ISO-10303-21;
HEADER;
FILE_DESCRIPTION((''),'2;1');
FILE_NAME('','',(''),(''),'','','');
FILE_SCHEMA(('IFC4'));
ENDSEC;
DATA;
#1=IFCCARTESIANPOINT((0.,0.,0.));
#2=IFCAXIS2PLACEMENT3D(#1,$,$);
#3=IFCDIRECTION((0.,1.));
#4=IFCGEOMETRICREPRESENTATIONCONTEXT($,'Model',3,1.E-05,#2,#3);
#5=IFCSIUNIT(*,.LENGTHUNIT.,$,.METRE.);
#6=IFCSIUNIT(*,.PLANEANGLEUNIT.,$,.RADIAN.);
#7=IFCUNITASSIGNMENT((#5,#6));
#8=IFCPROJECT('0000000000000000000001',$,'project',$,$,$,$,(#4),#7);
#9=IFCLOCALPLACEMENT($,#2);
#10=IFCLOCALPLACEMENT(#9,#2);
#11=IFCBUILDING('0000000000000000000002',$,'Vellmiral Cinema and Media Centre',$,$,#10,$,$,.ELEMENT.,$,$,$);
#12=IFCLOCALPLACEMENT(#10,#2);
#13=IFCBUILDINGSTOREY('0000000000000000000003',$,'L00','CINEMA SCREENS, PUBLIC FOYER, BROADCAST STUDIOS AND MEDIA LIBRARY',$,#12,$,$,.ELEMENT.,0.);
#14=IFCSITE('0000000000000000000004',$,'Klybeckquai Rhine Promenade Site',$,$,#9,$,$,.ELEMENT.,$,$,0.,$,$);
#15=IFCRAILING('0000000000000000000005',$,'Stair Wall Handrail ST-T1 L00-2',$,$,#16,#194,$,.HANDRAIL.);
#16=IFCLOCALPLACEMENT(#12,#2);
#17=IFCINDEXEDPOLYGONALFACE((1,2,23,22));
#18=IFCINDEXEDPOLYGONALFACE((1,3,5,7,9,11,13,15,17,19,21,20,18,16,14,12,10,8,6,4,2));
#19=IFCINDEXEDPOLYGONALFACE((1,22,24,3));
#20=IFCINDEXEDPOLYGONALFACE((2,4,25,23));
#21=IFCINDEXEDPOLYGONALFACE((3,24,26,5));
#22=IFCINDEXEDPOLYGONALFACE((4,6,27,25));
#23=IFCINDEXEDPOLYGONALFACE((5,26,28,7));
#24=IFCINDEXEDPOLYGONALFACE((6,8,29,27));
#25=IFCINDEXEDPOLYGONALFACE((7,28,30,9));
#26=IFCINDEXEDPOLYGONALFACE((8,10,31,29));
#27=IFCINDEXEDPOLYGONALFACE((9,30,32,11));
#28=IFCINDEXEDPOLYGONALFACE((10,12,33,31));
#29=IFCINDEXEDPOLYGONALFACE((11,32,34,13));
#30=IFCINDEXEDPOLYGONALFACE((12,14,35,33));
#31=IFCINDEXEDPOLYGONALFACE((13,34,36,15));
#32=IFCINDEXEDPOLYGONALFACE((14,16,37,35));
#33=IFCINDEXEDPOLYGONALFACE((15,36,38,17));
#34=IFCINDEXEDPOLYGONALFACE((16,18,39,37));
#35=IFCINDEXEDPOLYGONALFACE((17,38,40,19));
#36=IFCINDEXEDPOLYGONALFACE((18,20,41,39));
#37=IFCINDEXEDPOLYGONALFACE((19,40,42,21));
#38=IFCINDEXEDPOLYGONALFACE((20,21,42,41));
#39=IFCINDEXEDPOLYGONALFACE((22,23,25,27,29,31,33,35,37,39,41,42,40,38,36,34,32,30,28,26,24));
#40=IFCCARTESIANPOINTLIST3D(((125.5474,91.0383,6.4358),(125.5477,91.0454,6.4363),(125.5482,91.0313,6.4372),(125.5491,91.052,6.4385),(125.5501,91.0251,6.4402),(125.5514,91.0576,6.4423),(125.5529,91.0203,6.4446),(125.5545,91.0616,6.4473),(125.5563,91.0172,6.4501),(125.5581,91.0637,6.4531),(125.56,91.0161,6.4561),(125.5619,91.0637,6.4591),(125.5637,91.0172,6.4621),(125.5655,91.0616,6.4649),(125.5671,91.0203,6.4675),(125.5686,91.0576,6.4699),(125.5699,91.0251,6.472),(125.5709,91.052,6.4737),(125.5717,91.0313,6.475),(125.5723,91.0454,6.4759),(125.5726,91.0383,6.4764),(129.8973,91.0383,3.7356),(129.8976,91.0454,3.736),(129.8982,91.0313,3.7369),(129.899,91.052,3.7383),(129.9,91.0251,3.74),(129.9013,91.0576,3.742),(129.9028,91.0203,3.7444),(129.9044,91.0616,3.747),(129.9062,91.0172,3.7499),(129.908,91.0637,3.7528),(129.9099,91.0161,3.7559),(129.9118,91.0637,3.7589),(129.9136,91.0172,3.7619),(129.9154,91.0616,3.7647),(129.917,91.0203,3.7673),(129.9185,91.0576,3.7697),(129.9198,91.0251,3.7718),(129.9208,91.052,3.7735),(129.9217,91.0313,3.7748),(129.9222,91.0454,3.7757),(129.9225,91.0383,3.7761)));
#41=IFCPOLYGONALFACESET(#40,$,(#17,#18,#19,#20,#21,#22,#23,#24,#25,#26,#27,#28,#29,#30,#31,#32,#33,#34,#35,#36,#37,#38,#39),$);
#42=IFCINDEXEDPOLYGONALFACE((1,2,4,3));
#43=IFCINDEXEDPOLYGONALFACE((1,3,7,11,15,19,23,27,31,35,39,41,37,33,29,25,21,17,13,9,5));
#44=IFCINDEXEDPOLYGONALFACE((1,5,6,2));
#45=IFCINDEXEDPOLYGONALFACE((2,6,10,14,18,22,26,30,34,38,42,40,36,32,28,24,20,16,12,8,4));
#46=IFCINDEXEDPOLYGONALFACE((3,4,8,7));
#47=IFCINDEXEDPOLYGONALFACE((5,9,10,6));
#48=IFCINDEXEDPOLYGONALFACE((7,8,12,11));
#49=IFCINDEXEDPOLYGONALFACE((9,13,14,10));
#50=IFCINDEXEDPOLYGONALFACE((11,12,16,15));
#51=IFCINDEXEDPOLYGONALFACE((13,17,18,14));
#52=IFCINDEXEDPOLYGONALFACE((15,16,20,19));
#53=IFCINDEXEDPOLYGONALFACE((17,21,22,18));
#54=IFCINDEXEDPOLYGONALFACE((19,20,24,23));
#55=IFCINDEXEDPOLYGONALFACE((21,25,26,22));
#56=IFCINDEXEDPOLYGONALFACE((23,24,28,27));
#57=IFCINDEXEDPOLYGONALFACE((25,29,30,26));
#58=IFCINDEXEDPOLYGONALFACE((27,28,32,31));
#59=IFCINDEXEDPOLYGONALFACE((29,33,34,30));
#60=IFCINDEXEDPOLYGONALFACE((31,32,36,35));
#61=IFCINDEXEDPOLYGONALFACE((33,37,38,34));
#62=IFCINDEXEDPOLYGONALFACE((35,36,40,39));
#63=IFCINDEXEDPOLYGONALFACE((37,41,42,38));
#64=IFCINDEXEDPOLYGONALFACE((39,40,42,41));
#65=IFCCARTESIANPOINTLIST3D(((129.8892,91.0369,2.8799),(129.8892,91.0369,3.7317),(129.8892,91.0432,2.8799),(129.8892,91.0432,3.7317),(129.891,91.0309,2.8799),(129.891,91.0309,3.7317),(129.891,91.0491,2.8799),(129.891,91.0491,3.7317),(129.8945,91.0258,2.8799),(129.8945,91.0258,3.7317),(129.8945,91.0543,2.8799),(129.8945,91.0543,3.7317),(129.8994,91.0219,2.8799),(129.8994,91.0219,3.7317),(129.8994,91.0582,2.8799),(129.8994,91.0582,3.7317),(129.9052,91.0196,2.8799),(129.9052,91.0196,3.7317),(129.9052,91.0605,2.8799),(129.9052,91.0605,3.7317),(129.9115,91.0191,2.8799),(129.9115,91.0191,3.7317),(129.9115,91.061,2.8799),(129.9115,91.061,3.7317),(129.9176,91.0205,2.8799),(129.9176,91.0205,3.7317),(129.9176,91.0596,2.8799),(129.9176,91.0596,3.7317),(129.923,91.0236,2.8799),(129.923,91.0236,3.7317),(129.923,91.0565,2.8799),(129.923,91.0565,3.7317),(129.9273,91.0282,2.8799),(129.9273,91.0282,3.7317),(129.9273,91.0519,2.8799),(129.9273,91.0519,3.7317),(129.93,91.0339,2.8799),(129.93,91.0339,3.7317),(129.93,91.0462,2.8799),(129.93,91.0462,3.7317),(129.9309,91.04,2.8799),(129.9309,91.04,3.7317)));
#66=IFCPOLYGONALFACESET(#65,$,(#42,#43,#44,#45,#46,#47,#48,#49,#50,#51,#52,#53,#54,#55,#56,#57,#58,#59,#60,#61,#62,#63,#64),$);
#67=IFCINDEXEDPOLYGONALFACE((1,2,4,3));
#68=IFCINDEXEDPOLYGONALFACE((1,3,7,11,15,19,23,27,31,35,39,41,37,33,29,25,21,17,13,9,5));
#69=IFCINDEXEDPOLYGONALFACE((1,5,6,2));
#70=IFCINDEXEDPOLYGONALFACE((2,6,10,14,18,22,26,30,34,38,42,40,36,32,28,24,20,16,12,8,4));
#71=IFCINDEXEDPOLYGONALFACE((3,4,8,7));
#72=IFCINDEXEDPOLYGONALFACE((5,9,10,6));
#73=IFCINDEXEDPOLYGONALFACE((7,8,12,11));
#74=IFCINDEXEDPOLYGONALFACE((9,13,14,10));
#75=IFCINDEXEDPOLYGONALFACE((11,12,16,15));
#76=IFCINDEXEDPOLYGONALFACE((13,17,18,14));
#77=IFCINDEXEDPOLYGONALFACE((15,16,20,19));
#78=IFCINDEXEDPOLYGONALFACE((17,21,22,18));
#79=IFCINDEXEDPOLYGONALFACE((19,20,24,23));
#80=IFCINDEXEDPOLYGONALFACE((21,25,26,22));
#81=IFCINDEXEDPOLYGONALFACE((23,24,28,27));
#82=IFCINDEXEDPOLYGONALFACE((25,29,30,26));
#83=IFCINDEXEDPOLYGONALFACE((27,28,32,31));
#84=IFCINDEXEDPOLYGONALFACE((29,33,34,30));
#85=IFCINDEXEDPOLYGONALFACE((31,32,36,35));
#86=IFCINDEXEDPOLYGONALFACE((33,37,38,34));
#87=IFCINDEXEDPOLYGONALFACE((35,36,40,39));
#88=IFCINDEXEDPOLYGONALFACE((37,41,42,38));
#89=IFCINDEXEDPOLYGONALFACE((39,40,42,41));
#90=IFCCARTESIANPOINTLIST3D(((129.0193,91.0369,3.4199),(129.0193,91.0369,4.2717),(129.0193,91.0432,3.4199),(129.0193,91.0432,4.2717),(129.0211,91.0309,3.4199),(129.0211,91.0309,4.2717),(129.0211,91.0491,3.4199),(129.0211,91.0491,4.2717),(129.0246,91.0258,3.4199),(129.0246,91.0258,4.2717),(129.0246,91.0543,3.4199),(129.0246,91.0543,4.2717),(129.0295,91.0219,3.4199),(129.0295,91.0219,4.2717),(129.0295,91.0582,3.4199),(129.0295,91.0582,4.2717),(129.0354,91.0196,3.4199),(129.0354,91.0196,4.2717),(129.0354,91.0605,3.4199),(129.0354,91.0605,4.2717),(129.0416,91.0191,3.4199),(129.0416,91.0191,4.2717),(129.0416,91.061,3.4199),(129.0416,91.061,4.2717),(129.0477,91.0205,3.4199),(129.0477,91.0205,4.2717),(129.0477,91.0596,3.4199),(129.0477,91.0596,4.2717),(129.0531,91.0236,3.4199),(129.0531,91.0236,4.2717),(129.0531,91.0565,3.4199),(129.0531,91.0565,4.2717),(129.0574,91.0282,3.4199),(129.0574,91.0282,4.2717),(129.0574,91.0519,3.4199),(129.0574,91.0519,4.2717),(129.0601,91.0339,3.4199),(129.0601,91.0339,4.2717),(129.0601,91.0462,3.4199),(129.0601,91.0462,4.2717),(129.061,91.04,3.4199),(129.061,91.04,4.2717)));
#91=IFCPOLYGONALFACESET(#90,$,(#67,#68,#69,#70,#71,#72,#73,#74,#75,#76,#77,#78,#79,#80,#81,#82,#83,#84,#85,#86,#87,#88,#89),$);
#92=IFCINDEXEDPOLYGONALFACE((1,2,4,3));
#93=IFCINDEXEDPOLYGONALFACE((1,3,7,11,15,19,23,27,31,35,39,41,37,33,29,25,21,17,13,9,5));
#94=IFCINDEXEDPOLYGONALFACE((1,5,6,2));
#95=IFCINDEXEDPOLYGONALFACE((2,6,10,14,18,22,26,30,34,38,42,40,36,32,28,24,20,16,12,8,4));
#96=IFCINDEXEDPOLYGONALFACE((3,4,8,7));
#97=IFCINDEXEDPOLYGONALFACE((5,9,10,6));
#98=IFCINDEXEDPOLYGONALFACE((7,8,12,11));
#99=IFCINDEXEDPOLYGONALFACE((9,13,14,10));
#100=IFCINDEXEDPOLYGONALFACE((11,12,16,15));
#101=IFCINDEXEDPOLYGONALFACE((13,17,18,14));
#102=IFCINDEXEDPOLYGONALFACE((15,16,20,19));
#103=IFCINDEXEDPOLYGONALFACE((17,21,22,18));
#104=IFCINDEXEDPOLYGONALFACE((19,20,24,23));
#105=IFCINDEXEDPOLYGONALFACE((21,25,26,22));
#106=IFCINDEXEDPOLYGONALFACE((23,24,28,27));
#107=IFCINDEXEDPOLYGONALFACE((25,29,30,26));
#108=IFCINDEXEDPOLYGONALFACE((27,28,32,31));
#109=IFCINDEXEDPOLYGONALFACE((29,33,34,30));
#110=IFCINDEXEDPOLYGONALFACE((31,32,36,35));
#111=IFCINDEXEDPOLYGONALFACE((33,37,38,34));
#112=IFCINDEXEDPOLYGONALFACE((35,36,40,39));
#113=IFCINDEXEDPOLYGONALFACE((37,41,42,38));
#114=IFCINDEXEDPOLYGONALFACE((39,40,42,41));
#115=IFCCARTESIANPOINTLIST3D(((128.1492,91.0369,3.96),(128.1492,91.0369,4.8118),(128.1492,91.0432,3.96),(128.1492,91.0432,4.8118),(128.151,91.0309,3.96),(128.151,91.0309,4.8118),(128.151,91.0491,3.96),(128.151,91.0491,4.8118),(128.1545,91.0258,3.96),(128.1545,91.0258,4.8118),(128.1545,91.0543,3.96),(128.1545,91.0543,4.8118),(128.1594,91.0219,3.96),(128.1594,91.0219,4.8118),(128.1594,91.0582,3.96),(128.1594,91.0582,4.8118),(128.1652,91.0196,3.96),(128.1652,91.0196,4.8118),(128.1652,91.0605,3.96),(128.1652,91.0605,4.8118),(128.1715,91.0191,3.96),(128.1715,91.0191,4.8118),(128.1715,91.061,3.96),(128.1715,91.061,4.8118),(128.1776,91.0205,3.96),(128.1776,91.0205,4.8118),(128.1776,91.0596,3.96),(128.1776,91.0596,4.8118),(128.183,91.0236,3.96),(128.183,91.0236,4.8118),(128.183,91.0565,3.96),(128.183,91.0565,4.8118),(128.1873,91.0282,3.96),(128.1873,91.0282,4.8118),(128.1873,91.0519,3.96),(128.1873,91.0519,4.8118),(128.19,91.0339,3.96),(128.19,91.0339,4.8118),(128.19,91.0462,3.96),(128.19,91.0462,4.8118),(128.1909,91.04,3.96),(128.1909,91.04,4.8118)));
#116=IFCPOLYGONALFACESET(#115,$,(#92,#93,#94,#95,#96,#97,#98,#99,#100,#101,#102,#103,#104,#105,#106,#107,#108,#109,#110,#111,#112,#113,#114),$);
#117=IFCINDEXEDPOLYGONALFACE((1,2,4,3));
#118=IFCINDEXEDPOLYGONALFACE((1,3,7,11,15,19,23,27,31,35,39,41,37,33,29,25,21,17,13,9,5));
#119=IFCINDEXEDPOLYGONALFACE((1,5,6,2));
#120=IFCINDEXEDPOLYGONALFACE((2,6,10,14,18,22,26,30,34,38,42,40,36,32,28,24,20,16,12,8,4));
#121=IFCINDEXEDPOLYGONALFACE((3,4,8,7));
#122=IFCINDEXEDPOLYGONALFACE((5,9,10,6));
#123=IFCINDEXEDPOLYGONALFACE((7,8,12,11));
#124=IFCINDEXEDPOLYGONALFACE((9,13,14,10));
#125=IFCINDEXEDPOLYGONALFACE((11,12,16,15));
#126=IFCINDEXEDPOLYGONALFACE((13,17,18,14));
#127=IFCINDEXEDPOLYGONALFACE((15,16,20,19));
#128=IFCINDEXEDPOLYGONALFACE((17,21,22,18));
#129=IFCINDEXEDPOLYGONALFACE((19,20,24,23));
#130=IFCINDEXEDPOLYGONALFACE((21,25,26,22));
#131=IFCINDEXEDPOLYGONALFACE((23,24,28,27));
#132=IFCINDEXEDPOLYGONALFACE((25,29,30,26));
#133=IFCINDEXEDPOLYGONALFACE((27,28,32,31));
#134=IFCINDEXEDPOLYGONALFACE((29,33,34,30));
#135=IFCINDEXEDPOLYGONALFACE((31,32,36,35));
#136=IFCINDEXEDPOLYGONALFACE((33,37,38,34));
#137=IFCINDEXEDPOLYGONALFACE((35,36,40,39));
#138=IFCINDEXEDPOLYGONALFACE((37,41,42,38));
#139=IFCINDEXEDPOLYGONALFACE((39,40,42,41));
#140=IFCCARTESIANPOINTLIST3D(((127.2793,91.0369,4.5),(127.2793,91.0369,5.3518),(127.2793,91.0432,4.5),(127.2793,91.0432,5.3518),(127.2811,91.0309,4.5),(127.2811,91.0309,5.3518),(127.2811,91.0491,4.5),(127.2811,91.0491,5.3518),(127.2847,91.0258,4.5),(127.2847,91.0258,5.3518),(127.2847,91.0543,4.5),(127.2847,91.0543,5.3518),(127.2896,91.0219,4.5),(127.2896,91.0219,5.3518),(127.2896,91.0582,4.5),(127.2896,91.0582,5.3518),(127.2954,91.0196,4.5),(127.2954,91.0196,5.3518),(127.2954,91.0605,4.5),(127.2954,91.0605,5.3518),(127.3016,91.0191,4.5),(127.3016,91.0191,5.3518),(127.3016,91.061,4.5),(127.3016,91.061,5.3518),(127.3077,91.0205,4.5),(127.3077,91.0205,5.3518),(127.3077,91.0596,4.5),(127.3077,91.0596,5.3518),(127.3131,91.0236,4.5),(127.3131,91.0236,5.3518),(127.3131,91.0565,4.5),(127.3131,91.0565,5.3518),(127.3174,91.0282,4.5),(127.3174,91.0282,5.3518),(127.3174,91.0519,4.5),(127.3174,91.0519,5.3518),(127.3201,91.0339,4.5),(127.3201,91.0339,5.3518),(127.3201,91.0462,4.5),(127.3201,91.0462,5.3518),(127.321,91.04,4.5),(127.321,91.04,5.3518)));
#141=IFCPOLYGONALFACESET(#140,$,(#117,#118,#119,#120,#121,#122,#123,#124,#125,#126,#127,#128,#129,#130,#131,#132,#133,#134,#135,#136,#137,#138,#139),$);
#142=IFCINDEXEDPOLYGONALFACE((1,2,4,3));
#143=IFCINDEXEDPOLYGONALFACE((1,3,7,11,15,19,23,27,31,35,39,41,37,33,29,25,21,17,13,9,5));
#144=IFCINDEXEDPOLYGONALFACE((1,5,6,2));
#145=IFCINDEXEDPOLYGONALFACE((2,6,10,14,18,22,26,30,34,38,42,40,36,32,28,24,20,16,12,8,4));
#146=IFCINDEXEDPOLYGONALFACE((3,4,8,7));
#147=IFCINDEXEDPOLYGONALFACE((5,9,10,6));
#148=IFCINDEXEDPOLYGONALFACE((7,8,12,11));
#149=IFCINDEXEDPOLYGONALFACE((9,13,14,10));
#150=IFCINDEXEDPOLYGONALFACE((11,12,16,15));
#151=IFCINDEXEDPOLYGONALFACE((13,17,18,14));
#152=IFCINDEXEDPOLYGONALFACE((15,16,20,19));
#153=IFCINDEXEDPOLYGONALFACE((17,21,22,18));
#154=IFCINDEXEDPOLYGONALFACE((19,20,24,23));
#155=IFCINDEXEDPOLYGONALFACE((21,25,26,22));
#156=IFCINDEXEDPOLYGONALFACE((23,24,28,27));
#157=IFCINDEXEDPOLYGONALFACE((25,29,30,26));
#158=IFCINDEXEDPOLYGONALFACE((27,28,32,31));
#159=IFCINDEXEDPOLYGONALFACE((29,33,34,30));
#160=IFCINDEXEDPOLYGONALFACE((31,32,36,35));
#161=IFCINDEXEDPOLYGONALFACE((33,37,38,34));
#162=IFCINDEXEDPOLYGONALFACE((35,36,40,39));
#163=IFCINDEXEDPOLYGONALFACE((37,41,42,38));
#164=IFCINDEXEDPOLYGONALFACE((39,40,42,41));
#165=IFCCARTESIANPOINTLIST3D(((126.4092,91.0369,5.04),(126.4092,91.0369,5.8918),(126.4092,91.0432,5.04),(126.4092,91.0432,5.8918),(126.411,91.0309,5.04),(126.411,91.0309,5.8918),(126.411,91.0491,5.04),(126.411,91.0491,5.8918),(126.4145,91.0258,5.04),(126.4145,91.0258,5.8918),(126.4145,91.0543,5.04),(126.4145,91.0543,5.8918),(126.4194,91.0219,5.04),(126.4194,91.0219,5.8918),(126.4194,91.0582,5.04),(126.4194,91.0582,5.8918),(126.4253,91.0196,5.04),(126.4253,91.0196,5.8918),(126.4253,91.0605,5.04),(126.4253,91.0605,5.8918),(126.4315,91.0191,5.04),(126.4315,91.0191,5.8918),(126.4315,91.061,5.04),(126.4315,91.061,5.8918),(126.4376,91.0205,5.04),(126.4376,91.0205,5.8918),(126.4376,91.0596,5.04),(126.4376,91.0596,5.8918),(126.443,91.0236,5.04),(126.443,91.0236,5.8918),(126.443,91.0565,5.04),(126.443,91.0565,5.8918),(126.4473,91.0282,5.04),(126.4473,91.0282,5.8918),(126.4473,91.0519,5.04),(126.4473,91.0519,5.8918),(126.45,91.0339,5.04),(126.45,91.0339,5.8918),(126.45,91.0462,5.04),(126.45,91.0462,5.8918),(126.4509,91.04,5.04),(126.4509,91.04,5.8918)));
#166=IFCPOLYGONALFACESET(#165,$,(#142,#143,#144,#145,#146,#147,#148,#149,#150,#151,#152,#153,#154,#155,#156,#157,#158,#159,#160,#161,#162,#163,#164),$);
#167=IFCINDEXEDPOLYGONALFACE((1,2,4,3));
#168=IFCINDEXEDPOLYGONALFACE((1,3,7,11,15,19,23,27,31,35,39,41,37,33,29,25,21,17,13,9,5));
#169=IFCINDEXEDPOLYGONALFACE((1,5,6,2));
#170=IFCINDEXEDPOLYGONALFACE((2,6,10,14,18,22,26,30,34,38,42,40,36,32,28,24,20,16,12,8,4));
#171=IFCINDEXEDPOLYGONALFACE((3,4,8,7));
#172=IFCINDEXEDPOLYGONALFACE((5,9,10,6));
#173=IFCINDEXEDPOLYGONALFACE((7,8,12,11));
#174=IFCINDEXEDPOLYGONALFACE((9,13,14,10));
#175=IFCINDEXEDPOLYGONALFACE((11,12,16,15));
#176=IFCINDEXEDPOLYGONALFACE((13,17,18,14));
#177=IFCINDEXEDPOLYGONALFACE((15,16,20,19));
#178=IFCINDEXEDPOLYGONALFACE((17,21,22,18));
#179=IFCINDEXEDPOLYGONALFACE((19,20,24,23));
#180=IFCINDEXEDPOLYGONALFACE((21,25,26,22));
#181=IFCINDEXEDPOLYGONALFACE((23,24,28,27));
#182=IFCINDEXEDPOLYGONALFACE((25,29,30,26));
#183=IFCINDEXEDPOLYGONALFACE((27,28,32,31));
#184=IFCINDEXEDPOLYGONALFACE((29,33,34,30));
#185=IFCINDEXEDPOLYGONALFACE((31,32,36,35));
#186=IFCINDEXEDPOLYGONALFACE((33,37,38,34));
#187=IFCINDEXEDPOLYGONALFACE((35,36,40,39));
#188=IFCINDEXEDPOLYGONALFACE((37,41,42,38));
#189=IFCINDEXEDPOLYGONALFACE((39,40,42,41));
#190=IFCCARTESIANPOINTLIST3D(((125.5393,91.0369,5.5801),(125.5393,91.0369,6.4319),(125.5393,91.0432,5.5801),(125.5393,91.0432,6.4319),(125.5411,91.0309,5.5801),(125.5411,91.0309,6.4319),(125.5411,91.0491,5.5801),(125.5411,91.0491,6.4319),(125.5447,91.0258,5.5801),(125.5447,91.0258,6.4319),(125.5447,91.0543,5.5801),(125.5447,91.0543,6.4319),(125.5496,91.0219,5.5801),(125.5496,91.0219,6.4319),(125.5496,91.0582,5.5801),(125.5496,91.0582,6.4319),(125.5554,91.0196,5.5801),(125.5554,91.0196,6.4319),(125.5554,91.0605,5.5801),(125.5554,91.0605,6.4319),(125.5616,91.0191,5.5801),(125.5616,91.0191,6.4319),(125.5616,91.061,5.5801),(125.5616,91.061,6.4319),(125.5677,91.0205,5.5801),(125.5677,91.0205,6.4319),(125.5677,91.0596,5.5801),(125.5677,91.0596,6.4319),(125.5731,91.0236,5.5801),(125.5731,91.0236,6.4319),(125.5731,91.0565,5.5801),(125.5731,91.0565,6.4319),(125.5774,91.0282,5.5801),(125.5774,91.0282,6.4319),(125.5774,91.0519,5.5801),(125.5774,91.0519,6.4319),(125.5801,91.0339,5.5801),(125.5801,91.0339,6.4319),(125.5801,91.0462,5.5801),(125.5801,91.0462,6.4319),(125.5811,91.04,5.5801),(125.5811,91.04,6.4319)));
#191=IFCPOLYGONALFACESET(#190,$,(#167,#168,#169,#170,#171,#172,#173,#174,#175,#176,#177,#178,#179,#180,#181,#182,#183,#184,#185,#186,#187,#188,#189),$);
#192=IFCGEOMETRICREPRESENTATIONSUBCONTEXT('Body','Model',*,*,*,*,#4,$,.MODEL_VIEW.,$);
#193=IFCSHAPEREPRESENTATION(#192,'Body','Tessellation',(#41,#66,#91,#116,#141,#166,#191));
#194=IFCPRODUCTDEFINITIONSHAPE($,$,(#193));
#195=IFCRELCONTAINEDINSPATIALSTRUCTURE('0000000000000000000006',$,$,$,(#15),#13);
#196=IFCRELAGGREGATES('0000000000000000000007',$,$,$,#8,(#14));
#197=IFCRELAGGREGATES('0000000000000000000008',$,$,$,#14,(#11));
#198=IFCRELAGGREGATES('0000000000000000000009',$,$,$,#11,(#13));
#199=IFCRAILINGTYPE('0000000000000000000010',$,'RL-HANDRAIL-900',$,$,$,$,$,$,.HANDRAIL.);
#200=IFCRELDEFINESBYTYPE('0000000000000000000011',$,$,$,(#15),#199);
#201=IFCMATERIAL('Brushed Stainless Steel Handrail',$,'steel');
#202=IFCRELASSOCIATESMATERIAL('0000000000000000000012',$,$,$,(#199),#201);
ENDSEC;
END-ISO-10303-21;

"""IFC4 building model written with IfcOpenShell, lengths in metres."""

from ifc_helpers import new_model, si_unit, direction, frame, origin, origin_2d, place, context, subcontext, project, spatial, circle, extrude, material, type_object, element, save


model = new_model("IFC4")

# Units and contexts
model_context = context("Model", 3, precision=1e-05, world=origin(), true_north=direction((0.0, 1.0)))
body_context = subcontext(model_context, "Body", "Model", "MODEL_VIEW")
ifc_project = project(units=[si_unit("LENGTHUNIT", "METRE"), si_unit("PLANEANGLEUNIT", "RADIAN")], contexts=[model_context])

# Site, building, storey
site_placement = place(None, origin())
site = spatial("IfcSite", under=ifc_project, at=site_placement, Name="Klybeckquai Rhine Promenade Site", CompositionType="ELEMENT", RefElevation=0.0)
building_placement = place(site_placement, origin())
building = spatial("IfcBuilding", under=site, at=building_placement, Name="Vellmiral Cinema and Media Centre", CompositionType="ELEMENT")
storey_placement = place(building_placement, origin())
storey = spatial("IfcBuildingStorey", under=building, at=storey_placement, Name="L00", Description="CINEMA SCREENS, PUBLIC FOYER, BROADCAST STUDIOS AND MEDIA LIBRARY", CompositionType="ELEMENT", Elevation=0.0)

# Railing
ifc_material_1 = material(Name="Brushed Stainless Steel Handrail", Category="steel")
railing_type_1 = type_object("IfcRailingType", Name="RL-HANDRAIL-900", PredefinedType="HANDRAIL", material=ifc_material_1)
railing_1_placement = place(storey_placement, frame((129.9099, 91.04, 2.8799)))
element("IfcRailing", 1, at=railing_1_placement, inside=storey, type_object=railing_type_1, Name="Stair Wall Handrail ST-T1 L00-2", PredefinedType="HANDRAIL", context=body_context, shape_type="SweptSolid", body=[
    extrude(circle(Radius=0.0239, at=origin_2d()), frame((0.0, 0.0, 0.876), z_axis=(-0.849615, 0.0, 0.527403), x_axis=(0.0, -1.0, 0.0)), (0.0, 0.0, 1.0), 5.1199),
    extrude(circle(Radius=0.021, at=origin_2d()), origin(), (0.0, 0.0, 1.0), 0.8518),
    extrude(circle(Radius=0.021, at=origin_2d()), frame((-0.8699, 0.0, 0.54)), (0.0, 0.0, 1.0), 0.8518),
    extrude(circle(Radius=0.021, at=origin_2d()), frame((-1.74, 0.0, 1.0801)), (0.0, 0.0, 1.0), 0.8518),
    extrude(circle(Radius=0.021, at=origin_2d()), frame((-2.6099, 0.0, 1.6201)), (0.0, 0.0, 1.0), 0.8518),
    extrude(circle(Radius=0.021, at=origin_2d()), frame((-3.48, 0.0, 2.1602)), (0.0, 0.0, 1.0), 0.8518),
    extrude(circle(Radius=0.021, at=origin_2d()), frame((-4.3499, 0.0, 2.7002)), (0.0, 0.0, 1.0), 0.8518),
])

save(model, "model.ifc")
